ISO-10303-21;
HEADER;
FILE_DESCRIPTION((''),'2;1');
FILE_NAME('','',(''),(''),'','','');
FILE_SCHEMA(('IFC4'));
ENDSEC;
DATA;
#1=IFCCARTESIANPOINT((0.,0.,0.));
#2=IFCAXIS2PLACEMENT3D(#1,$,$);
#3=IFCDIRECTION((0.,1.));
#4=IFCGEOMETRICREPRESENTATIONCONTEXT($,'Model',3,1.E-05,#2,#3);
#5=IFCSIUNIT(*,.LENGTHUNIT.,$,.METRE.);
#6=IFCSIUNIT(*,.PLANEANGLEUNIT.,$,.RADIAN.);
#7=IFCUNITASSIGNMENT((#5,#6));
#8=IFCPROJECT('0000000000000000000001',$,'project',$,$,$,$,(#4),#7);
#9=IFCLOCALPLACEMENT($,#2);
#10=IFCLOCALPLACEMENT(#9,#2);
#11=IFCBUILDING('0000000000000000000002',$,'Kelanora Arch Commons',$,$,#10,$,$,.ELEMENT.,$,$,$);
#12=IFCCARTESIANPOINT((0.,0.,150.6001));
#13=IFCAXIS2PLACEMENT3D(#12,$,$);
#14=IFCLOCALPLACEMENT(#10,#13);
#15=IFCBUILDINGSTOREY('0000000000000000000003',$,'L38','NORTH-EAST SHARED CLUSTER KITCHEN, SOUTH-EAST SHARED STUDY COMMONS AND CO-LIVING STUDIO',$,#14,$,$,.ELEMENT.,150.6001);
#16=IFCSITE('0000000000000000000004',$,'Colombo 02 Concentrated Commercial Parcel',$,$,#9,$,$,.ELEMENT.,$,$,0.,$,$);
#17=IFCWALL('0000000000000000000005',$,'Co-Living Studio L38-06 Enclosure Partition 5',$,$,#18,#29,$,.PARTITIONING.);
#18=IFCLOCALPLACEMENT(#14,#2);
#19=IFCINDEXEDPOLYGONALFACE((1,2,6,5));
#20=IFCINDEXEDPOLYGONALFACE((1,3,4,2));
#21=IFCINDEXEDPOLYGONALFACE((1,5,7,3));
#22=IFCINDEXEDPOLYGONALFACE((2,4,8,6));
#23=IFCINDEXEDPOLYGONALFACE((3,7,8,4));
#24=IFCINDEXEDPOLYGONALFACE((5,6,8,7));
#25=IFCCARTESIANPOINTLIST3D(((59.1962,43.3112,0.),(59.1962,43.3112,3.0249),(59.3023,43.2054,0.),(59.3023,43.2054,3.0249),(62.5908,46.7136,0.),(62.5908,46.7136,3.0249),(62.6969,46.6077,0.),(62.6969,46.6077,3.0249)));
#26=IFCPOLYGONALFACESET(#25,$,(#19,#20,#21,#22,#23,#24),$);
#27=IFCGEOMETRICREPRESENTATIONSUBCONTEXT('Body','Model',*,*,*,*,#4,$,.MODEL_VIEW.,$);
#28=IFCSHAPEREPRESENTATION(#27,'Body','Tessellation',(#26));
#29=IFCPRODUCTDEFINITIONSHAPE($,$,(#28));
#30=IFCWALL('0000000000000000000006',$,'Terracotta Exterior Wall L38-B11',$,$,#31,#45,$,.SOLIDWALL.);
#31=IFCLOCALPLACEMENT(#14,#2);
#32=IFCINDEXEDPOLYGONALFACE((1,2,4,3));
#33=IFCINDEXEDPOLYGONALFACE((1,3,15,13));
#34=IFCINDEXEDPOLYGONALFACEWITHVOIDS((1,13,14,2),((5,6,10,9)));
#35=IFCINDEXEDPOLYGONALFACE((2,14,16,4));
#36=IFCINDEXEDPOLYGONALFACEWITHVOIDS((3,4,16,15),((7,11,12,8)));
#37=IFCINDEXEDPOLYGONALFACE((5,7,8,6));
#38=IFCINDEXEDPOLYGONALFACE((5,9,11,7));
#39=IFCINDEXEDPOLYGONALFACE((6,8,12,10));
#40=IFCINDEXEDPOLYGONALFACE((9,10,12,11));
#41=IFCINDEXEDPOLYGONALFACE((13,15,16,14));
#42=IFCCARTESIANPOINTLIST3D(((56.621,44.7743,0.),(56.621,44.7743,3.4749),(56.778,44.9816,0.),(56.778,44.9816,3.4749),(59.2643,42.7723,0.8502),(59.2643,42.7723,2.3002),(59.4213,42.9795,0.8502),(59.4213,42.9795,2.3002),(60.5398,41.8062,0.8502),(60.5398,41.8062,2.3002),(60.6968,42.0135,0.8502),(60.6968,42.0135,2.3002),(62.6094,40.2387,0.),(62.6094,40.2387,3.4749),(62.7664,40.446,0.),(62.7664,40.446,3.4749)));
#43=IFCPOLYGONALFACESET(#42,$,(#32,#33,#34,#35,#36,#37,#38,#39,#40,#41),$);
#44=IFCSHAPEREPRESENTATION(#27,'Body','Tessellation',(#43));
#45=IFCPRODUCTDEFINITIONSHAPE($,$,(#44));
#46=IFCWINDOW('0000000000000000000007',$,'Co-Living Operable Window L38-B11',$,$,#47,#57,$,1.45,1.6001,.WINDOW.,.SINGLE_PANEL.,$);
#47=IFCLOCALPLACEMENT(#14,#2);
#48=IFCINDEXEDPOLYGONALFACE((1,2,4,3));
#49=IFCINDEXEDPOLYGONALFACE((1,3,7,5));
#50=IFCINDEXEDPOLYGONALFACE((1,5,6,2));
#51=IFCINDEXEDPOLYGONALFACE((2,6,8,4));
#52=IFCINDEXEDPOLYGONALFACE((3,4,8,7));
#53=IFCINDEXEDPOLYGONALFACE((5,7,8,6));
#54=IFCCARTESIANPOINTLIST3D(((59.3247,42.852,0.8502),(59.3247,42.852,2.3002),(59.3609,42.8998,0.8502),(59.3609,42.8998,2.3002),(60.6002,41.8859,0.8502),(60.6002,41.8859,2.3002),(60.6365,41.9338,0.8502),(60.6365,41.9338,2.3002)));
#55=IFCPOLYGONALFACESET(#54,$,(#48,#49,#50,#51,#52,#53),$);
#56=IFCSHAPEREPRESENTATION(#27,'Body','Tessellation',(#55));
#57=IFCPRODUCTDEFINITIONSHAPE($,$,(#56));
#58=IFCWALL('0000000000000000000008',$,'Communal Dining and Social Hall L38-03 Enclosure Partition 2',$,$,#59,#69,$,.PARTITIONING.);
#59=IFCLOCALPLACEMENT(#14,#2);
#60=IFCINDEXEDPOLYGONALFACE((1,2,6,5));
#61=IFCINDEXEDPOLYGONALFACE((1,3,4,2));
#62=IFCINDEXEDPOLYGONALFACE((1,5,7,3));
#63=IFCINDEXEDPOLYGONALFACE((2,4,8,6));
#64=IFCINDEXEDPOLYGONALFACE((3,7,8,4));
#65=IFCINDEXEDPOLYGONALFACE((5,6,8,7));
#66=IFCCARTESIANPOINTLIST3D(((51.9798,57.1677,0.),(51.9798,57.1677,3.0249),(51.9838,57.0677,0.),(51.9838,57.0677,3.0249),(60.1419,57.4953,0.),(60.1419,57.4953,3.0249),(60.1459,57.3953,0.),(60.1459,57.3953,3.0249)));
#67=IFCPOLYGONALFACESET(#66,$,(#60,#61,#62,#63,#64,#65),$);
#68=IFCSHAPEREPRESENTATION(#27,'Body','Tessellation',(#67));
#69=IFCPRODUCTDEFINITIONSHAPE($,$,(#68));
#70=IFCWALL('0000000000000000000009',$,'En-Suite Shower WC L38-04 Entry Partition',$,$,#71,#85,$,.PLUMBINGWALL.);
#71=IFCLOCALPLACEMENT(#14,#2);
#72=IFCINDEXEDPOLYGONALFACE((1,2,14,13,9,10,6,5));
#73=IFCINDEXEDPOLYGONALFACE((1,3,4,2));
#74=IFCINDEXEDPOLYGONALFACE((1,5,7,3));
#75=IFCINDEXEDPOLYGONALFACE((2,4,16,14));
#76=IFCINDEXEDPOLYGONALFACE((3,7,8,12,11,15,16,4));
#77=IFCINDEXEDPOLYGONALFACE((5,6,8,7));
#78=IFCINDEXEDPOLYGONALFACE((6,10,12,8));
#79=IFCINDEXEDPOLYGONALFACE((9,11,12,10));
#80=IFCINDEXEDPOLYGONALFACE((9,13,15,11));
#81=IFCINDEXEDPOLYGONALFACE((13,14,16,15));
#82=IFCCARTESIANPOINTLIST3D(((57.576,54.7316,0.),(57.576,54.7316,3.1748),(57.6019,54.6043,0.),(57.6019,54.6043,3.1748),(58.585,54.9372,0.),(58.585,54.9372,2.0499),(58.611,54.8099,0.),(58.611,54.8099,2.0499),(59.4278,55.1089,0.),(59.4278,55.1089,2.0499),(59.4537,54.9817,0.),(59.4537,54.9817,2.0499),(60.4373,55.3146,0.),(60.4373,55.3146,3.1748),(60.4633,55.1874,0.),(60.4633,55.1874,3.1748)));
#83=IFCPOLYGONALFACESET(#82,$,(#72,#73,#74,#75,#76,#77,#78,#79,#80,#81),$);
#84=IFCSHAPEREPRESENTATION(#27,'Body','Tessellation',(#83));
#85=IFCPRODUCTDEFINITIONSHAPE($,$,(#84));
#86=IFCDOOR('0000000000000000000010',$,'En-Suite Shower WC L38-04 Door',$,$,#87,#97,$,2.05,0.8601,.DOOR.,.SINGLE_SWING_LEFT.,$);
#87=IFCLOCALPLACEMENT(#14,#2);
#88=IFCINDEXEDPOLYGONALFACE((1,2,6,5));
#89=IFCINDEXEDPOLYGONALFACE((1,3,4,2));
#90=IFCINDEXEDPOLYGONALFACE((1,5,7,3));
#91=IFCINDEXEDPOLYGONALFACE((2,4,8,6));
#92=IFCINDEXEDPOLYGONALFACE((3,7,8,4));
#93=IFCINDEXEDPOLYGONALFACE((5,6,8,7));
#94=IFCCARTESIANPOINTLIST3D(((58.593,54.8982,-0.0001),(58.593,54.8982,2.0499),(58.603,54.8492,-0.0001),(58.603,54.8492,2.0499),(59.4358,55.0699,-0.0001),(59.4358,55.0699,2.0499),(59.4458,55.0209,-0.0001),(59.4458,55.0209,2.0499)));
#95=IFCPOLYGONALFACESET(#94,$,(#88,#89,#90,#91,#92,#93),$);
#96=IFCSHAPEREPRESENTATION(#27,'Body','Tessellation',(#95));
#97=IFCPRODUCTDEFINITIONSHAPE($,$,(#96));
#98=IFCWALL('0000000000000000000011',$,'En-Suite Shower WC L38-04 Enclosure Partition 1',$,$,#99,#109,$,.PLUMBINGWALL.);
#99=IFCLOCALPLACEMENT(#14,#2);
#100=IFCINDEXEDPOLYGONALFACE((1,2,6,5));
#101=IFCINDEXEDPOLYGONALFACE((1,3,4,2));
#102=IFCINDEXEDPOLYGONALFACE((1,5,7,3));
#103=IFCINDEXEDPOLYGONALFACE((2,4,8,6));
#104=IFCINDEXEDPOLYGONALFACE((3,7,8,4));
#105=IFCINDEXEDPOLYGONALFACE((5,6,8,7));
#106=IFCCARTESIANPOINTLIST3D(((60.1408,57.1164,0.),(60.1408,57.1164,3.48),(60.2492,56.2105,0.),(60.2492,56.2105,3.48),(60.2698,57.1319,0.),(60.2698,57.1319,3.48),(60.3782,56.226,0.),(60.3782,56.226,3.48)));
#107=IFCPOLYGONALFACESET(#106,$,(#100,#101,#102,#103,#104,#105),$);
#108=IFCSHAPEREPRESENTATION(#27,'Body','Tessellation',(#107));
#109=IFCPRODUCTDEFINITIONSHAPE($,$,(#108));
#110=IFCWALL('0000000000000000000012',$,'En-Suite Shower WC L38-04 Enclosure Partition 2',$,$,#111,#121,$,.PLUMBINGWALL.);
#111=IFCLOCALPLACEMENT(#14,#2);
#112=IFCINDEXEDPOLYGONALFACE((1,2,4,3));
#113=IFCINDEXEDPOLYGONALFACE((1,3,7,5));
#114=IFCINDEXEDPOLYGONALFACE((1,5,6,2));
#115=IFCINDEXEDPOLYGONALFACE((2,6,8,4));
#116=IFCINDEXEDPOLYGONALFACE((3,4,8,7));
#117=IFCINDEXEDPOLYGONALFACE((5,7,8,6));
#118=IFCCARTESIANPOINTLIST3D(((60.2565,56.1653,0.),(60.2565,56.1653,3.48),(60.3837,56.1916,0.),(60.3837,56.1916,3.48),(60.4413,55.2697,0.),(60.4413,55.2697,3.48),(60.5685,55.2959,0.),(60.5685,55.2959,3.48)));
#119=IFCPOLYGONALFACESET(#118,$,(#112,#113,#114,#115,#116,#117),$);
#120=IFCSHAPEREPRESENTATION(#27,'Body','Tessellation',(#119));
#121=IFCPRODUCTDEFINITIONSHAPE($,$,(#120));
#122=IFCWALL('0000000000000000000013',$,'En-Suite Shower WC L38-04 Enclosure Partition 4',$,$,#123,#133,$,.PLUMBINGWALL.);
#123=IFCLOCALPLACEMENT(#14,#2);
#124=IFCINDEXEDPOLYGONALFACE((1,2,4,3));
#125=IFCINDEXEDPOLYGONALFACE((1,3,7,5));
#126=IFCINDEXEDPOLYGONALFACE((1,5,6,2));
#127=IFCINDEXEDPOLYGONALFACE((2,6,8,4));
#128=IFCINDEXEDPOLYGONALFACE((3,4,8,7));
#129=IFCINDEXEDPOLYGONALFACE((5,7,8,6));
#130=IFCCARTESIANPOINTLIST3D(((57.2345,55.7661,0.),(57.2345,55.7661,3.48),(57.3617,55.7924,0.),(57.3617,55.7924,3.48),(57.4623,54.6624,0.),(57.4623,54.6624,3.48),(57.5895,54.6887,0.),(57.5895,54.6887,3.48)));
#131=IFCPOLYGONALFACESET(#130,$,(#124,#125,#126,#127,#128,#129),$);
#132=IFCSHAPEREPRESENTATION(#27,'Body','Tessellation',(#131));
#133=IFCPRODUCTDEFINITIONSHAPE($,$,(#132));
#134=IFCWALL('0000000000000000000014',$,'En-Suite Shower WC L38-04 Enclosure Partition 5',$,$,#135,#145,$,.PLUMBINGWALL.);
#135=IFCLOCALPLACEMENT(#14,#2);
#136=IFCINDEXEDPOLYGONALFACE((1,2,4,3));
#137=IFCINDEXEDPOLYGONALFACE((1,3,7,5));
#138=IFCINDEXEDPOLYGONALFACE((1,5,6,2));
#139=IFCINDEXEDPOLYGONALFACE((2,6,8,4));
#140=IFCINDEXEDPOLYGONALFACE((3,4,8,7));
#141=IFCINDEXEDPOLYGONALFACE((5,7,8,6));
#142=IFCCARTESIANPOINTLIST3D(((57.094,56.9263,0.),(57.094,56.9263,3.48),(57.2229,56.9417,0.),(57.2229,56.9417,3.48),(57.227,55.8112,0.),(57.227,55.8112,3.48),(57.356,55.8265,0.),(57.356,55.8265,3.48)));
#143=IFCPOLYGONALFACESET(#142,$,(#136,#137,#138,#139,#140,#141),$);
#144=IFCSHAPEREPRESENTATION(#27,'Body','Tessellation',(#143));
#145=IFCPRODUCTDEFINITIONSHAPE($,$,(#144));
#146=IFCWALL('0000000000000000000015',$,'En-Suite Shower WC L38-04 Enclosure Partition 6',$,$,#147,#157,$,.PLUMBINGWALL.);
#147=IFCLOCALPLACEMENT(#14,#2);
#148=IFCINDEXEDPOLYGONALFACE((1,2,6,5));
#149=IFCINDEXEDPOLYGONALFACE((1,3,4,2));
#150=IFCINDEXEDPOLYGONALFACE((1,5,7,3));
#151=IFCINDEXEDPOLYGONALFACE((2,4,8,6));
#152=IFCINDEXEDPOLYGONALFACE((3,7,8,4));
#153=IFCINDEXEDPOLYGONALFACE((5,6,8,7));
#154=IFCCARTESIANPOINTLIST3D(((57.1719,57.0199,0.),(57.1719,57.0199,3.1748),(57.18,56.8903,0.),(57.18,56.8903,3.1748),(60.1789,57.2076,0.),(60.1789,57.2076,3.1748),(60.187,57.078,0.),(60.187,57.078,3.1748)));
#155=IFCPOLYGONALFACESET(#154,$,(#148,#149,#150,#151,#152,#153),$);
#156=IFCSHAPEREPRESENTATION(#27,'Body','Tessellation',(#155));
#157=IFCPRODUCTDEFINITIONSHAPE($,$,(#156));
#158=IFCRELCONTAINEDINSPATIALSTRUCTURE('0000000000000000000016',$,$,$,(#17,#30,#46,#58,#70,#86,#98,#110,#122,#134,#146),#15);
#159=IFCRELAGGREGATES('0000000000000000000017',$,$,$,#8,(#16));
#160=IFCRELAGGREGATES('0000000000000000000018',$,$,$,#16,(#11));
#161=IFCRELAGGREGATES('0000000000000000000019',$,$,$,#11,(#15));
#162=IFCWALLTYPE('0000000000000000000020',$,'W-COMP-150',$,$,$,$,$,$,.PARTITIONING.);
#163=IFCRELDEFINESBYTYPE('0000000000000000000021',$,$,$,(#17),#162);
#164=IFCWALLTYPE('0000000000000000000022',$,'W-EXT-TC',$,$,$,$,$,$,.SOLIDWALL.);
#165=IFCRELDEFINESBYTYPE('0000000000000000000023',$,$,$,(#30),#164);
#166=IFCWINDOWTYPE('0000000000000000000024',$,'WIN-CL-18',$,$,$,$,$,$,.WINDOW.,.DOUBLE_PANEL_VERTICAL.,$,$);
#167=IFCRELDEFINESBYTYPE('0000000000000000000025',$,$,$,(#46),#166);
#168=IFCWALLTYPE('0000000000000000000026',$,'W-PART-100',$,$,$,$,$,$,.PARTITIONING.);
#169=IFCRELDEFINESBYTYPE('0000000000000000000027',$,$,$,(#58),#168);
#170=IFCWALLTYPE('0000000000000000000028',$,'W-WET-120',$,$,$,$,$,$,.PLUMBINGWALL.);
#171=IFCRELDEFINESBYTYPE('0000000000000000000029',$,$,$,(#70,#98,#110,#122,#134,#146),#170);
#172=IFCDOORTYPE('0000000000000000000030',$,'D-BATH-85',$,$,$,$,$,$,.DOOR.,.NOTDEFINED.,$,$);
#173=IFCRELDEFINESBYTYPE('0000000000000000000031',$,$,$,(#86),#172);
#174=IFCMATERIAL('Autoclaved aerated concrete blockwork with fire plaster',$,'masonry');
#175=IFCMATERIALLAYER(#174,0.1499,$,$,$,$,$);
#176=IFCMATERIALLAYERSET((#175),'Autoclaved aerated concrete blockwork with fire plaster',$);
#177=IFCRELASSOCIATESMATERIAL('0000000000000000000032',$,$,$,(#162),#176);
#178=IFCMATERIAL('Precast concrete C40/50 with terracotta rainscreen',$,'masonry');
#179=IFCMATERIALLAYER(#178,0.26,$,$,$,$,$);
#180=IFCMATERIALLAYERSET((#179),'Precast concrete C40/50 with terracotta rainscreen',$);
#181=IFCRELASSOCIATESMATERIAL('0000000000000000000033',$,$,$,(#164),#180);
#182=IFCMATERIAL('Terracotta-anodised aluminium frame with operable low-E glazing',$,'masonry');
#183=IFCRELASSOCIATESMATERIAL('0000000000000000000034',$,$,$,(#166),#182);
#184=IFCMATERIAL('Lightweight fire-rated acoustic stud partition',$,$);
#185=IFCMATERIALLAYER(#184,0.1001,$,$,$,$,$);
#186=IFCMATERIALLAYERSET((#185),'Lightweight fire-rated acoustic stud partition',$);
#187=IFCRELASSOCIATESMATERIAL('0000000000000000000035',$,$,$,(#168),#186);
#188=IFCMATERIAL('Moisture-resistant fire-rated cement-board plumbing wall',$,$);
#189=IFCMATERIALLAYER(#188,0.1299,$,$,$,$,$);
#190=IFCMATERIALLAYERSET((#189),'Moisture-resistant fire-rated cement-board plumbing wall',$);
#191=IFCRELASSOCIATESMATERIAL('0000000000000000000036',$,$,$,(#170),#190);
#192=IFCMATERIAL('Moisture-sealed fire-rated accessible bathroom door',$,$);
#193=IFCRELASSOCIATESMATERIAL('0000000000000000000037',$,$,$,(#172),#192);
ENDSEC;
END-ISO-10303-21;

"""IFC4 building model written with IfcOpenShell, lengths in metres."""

from ifc_helpers import new_model, si_unit, direction, frame, frame_2d, origin, place, context, subcontext, project, spatial, rectangle, extrude, material, layer, layer_set, type_object, element, fill, save


model = new_model("IFC4")

# Units and contexts
model_context = context("Model", 3, precision=1e-05, world=origin(), true_north=direction((0.0, 1.0)))
body_context = subcontext(model_context, "Body", "Model", "MODEL_VIEW")
ifc_project = project(units=[si_unit("LENGTHUNIT", "METRE"), si_unit("PLANEANGLEUNIT", "RADIAN")], contexts=[model_context])

# Site, building, storey
site_placement = place(None, origin())
site = spatial("IfcSite", under=ifc_project, at=site_placement, Name="Colombo 02 Concentrated Commercial Parcel", CompositionType="ELEMENT", RefElevation=0.0)
building_placement = place(site_placement, origin())
building = spatial("IfcBuilding", under=site, at=building_placement, Name="Kelanora Arch Commons", CompositionType="ELEMENT")
storey_placement = place(building_placement, frame((0.0, 0.0, 150.6001)))
storey = spatial("IfcBuildingStorey", under=building, at=storey_placement, Name="L38", Description="NORTH-EAST SHARED CLUSTER KITCHEN, SOUTH-EAST SHARED STUDY COMMONS AND CO-LIVING STUDIO", CompositionType="ELEMENT", Elevation=150.6001)

# Wall
ifc_material_1 = material(Name="Autoclaved aerated concrete blockwork with fire plaster", Category="masonry")
ifc_layer_1 = layer(ifc_material_1, 0.1499)
ifc_layer_set_1 = layer_set([ifc_layer_1], Name="Autoclaved aerated concrete blockwork with fire plaster")
wall_type_1 = type_object("IfcWallType", Name="W-COMP-150", PredefinedType="PARTITIONING", material=ifc_layer_set_1)
wall_1_placement = place(storey_placement, frame((59.2493, 43.2583, 0.0), z_axis=(0.0, 0.0, 1.0), x_axis=(0.706294, 0.707919, 0.0)))
element("IfcWall", 1, at=wall_1_placement, inside=storey, type_object=wall_type_1, Name="Co-Living Studio L38-06 Enclosure Partition 5", PredefinedType="PARTITIONING", context=body_context, shape_type="SweptSolid", body=[
    extrude(rectangle(XDim=4.8062, YDim=0.1499, at=frame_2d((2.4031, 0.0))), origin(), (0.0, 0.0, 1.0), 3.0249),
])

# Wall, opening, window
ifc_material_2 = material(Name="Precast concrete C40/50 with terracotta rainscreen", Category="masonry")
ifc_layer_2 = layer(ifc_material_2, 0.26)
ifc_layer_set_2 = layer_set([ifc_layer_2], Name="Precast concrete C40/50 with terracotta rainscreen")
wall_type_2 = type_object("IfcWallType", Name="W-EXT-TC", PredefinedType="SOLIDWALL", material=ifc_layer_set_2)
wall_2_placement = place(storey_placement, frame((56.6995, 44.8779, 0.0), z_axis=(0.0, 0.0, 1.0), x_axis=(0.797164, -0.603763, 0.0)))
wall_2 = element("IfcWall", 2, at=wall_2_placement, inside=storey, type_object=wall_type_2, Name="Terracotta Exterior Wall L38-B11", PredefinedType="SOLIDWALL", context=body_context, shape_type="SweptSolid", body=[
    extrude(rectangle(XDim=7.5122, YDim=0.26, at=frame_2d((3.7561, 0.0))), origin(), (0.0, 0.0, 1.0), 3.4749),
])
opening_1_placement = place(wall_2_placement, frame((3.3159, 0.0, 0.8501)))
opening_1 = element("IfcOpeningElement", 3, at=opening_1_placement, cuts=wall_2, PredefinedType="OPENING", context=body_context, shape_type="SweptSolid", body=[
    extrude(rectangle(XDim=1.6001, YDim=1.45, at=frame_2d((0.8, 0.7251))), frame((0.0, 0.1401, 0.0), z_axis=(0.0, -1.0, 0.0), x_axis=(1.0, 0.0, 0.0)), (0.0, 0.0, 1.0), 0.28),
])
ifc_material_3 = material(Name="Terracotta-anodised aluminium frame with operable low-E glazing", Category="masonry")
window_type = type_object("IfcWindowType", Name="WIN-CL-18", PartitioningType="DOUBLE_PANEL_VERTICAL", PredefinedType="WINDOW", material=ifc_material_3)
window_placement = place(opening_1_placement, origin())
window = element("IfcWindow", 4, at=window_placement, inside=storey, type_object=window_type, Name="Co-Living Operable Window L38-B11", OverallHeight=1.45, OverallWidth=1.6001, PartitioningType="SINGLE_PANEL", PredefinedType="WINDOW", context=body_context, shape_type="SweptSolid", body=[
    extrude(rectangle(XDim=1.6001, YDim=1.45, at=frame_2d((0.8, 0.7251))), frame((0.0, 0.03, 0.0), z_axis=(0.0, -1.0, 0.0), x_axis=(1.0, 0.0, 0.0)), (0.0, 0.0, 1.0), 0.0601),
])
fill(opening_1, window)

# Wall
ifc_material_4 = material(Name="Lightweight fire-rated acoustic stud partition")
ifc_layer_3 = layer(ifc_material_4, 0.1001)
ifc_layer_set_3 = layer_set([ifc_layer_3], Name="Lightweight fire-rated acoustic stud partition")
wall_type_3 = type_object("IfcWallType", Name="W-PART-100", PredefinedType="PARTITIONING", material=ifc_layer_set_3)
wall_3_placement = place(storey_placement, frame((60.144, 57.4453, 0.0), z_axis=(0.0, 0.0, 1.0), x_axis=(-0.999195, -0.040109, 0.0)))
element("IfcWall", 5, at=wall_3_placement, inside=storey, type_object=wall_type_3, Name="Communal Dining and Social Hall L38-03 Enclosure Partition 2", PredefinedType="PARTITIONING", context=body_context, shape_type="SweptSolid", body=[
    extrude(rectangle(XDim=8.1687, YDim=0.1001, at=frame_2d((4.0845, 0.0))), origin(), (0.0, 0.0, 1.0), 3.0249),
])

# Wall, opening, door
ifc_material_5 = material(Name="Moisture-resistant fire-rated cement-board plumbing wall")
ifc_layer_4 = layer(ifc_material_5, 0.1299)
ifc_layer_set_4 = layer_set([ifc_layer_4], Name="Moisture-resistant fire-rated cement-board plumbing wall")
wall_type_4 = type_object("IfcWallType", Name="W-WET-120", PredefinedType="PLUMBINGWALL", material=ifc_layer_set_4)
wall_4_placement = place(storey_placement, frame((60.4502, 55.251, 0.0), z_axis=(0.0, 0.0, 1.0), x_axis=(-0.979867, -0.199652, 0.0)))
wall_4 = element("IfcWall", 6, at=wall_4_placement, inside=storey, type_object=wall_type_4, Name="En-Suite Shower WC L38-04 Entry Partition", PredefinedType="PLUMBINGWALL", context=body_context, shape_type="SweptSolid", body=[
    extrude(rectangle(XDim=2.9202, YDim=0.1299, at=frame_2d((1.46, 0.0))), origin(), (0.0, 0.0, 1.0), 3.1748),
])
opening_2_placement = place(wall_4_placement, frame((1.03, 0.0, 0.0)))
opening_2 = element("IfcOpeningElement", 7, at=opening_2_placement, cuts=wall_4, PredefinedType="OPENING", context=body_context, shape_type="SweptSolid", body=[
    extrude(rectangle(XDim=0.8601, YDim=2.05, at=frame_2d((0.4302, 1.0249))), frame((0.0, 0.075, 0.0), z_axis=(0.0, -1.0, 0.0), x_axis=(1.0, 0.0, 0.0)), (0.0, 0.0, 1.0), 0.1499),
])
ifc_material_6 = material(Name="Moisture-sealed fire-rated accessible bathroom door")
door_type = type_object("IfcDoorType", Name="D-BATH-85", OperationType="NOTDEFINED", PredefinedType="DOOR", material=ifc_material_6)
door_placement = place(opening_2_placement, origin())
door = element("IfcDoor", 8, at=door_placement, inside=storey, type_object=door_type, Name="En-Suite Shower WC L38-04 Door", OperationType="SINGLE_SWING_LEFT", OverallHeight=2.05, OverallWidth=0.8601, PredefinedType="DOOR", context=body_context, shape_type="SweptSolid", body=[
    extrude(rectangle(XDim=0.8601, YDim=2.05, at=frame_2d((0.4302, 1.0249))), frame((0.0, 0.0249, 0.0), z_axis=(0.0, -1.0, 0.0), x_axis=(1.0, 0.0, 0.0)), (0.0, 0.0, 1.0), 0.05),
])
fill(opening_2, door)

# Walls
wall_5_placement = place(storey_placement, frame((60.2053, 57.124, 0.0), z_axis=(0.0, 0.0, 1.0), x_axis=(0.118797, -0.992919, 0.0)))
element("IfcWall", 9, at=wall_5_placement, inside=storey, type_object=wall_type_4, Name="En-Suite Shower WC L38-04 Enclosure Partition 1", PredefinedType="PLUMBINGWALL", context=body_context, shape_type="SweptSolid", body=[
    extrude(rectangle(XDim=0.9124, YDim=0.1299, at=frame_2d((0.4561, 0.0))), origin(), (0.0, 0.0, 1.0), 3.48),
])
wall_6_placement = place(storey_placement, frame((60.3201, 56.1785, 0.0), z_axis=(0.0, 0.0, 1.0), x_axis=(0.202067, -0.979372, 0.0)))
element("IfcWall", 10, at=wall_6_placement, inside=storey, type_object=wall_type_4, Name="En-Suite Shower WC L38-04 Enclosure Partition 2", PredefinedType="PLUMBINGWALL", context=body_context, shape_type="SweptSolid", body=[
    extrude(rectangle(XDim=0.9146, YDim=0.1299, at=frame_2d((0.4573, 0.0))), origin(), (0.0, 0.0, 1.0), 3.48),
])
wall_7_placement = place(storey_placement, frame((57.5259, 54.6755, 0.0), z_axis=(0.0, 0.0, 1.0), x_axis=(-0.202111, 0.979363, 0.0)))
element("IfcWall", 11, at=wall_7_placement, inside=storey, type_object=wall_type_4, Name="En-Suite Shower WC L38-04 Enclosure Partition 4", PredefinedType="PLUMBINGWALL", context=body_context, shape_type="SweptSolid", body=[
    extrude(rectangle(XDim=1.127, YDim=0.1299, at=frame_2d((0.5635, 0.0))), origin(), (0.0, 0.0, 1.0), 3.48),
])
wall_8_placement = place(storey_placement, frame((57.2915, 55.8188, 0.0), z_axis=(0.0, 0.0, 1.0), x_axis=(-0.118468, 0.992958, 0.0)))
element("IfcWall", 12, at=wall_8_placement, inside=storey, type_object=wall_type_4, Name="En-Suite Shower WC L38-04 Enclosure Partition 5", PredefinedType="PLUMBINGWALL", context=body_context, shape_type="SweptSolid", body=[
    extrude(rectangle(XDim=1.123, YDim=0.1299, at=frame_2d((0.5615, 0.0))), origin(), (0.0, 0.0, 1.0), 3.48),
])
wall_9_placement = place(storey_placement, frame((57.176, 56.9551, 0.0), z_axis=(0.0, 0.0, 1.0), x_axis=(0.998057, 0.062313, 0.0)))
element("IfcWall", 13, at=wall_9_placement, inside=storey, type_object=wall_type_4, Name="En-Suite Shower WC L38-04 Enclosure Partition 6", PredefinedType="PLUMBINGWALL", context=body_context, shape_type="SweptSolid", body=[
    extrude(rectangle(XDim=3.0129, YDim=0.1299, at=frame_2d((1.5063, 0.0))), origin(), (0.0, 0.0, 1.0), 3.1748),
])

save(model, "model.ifc")
